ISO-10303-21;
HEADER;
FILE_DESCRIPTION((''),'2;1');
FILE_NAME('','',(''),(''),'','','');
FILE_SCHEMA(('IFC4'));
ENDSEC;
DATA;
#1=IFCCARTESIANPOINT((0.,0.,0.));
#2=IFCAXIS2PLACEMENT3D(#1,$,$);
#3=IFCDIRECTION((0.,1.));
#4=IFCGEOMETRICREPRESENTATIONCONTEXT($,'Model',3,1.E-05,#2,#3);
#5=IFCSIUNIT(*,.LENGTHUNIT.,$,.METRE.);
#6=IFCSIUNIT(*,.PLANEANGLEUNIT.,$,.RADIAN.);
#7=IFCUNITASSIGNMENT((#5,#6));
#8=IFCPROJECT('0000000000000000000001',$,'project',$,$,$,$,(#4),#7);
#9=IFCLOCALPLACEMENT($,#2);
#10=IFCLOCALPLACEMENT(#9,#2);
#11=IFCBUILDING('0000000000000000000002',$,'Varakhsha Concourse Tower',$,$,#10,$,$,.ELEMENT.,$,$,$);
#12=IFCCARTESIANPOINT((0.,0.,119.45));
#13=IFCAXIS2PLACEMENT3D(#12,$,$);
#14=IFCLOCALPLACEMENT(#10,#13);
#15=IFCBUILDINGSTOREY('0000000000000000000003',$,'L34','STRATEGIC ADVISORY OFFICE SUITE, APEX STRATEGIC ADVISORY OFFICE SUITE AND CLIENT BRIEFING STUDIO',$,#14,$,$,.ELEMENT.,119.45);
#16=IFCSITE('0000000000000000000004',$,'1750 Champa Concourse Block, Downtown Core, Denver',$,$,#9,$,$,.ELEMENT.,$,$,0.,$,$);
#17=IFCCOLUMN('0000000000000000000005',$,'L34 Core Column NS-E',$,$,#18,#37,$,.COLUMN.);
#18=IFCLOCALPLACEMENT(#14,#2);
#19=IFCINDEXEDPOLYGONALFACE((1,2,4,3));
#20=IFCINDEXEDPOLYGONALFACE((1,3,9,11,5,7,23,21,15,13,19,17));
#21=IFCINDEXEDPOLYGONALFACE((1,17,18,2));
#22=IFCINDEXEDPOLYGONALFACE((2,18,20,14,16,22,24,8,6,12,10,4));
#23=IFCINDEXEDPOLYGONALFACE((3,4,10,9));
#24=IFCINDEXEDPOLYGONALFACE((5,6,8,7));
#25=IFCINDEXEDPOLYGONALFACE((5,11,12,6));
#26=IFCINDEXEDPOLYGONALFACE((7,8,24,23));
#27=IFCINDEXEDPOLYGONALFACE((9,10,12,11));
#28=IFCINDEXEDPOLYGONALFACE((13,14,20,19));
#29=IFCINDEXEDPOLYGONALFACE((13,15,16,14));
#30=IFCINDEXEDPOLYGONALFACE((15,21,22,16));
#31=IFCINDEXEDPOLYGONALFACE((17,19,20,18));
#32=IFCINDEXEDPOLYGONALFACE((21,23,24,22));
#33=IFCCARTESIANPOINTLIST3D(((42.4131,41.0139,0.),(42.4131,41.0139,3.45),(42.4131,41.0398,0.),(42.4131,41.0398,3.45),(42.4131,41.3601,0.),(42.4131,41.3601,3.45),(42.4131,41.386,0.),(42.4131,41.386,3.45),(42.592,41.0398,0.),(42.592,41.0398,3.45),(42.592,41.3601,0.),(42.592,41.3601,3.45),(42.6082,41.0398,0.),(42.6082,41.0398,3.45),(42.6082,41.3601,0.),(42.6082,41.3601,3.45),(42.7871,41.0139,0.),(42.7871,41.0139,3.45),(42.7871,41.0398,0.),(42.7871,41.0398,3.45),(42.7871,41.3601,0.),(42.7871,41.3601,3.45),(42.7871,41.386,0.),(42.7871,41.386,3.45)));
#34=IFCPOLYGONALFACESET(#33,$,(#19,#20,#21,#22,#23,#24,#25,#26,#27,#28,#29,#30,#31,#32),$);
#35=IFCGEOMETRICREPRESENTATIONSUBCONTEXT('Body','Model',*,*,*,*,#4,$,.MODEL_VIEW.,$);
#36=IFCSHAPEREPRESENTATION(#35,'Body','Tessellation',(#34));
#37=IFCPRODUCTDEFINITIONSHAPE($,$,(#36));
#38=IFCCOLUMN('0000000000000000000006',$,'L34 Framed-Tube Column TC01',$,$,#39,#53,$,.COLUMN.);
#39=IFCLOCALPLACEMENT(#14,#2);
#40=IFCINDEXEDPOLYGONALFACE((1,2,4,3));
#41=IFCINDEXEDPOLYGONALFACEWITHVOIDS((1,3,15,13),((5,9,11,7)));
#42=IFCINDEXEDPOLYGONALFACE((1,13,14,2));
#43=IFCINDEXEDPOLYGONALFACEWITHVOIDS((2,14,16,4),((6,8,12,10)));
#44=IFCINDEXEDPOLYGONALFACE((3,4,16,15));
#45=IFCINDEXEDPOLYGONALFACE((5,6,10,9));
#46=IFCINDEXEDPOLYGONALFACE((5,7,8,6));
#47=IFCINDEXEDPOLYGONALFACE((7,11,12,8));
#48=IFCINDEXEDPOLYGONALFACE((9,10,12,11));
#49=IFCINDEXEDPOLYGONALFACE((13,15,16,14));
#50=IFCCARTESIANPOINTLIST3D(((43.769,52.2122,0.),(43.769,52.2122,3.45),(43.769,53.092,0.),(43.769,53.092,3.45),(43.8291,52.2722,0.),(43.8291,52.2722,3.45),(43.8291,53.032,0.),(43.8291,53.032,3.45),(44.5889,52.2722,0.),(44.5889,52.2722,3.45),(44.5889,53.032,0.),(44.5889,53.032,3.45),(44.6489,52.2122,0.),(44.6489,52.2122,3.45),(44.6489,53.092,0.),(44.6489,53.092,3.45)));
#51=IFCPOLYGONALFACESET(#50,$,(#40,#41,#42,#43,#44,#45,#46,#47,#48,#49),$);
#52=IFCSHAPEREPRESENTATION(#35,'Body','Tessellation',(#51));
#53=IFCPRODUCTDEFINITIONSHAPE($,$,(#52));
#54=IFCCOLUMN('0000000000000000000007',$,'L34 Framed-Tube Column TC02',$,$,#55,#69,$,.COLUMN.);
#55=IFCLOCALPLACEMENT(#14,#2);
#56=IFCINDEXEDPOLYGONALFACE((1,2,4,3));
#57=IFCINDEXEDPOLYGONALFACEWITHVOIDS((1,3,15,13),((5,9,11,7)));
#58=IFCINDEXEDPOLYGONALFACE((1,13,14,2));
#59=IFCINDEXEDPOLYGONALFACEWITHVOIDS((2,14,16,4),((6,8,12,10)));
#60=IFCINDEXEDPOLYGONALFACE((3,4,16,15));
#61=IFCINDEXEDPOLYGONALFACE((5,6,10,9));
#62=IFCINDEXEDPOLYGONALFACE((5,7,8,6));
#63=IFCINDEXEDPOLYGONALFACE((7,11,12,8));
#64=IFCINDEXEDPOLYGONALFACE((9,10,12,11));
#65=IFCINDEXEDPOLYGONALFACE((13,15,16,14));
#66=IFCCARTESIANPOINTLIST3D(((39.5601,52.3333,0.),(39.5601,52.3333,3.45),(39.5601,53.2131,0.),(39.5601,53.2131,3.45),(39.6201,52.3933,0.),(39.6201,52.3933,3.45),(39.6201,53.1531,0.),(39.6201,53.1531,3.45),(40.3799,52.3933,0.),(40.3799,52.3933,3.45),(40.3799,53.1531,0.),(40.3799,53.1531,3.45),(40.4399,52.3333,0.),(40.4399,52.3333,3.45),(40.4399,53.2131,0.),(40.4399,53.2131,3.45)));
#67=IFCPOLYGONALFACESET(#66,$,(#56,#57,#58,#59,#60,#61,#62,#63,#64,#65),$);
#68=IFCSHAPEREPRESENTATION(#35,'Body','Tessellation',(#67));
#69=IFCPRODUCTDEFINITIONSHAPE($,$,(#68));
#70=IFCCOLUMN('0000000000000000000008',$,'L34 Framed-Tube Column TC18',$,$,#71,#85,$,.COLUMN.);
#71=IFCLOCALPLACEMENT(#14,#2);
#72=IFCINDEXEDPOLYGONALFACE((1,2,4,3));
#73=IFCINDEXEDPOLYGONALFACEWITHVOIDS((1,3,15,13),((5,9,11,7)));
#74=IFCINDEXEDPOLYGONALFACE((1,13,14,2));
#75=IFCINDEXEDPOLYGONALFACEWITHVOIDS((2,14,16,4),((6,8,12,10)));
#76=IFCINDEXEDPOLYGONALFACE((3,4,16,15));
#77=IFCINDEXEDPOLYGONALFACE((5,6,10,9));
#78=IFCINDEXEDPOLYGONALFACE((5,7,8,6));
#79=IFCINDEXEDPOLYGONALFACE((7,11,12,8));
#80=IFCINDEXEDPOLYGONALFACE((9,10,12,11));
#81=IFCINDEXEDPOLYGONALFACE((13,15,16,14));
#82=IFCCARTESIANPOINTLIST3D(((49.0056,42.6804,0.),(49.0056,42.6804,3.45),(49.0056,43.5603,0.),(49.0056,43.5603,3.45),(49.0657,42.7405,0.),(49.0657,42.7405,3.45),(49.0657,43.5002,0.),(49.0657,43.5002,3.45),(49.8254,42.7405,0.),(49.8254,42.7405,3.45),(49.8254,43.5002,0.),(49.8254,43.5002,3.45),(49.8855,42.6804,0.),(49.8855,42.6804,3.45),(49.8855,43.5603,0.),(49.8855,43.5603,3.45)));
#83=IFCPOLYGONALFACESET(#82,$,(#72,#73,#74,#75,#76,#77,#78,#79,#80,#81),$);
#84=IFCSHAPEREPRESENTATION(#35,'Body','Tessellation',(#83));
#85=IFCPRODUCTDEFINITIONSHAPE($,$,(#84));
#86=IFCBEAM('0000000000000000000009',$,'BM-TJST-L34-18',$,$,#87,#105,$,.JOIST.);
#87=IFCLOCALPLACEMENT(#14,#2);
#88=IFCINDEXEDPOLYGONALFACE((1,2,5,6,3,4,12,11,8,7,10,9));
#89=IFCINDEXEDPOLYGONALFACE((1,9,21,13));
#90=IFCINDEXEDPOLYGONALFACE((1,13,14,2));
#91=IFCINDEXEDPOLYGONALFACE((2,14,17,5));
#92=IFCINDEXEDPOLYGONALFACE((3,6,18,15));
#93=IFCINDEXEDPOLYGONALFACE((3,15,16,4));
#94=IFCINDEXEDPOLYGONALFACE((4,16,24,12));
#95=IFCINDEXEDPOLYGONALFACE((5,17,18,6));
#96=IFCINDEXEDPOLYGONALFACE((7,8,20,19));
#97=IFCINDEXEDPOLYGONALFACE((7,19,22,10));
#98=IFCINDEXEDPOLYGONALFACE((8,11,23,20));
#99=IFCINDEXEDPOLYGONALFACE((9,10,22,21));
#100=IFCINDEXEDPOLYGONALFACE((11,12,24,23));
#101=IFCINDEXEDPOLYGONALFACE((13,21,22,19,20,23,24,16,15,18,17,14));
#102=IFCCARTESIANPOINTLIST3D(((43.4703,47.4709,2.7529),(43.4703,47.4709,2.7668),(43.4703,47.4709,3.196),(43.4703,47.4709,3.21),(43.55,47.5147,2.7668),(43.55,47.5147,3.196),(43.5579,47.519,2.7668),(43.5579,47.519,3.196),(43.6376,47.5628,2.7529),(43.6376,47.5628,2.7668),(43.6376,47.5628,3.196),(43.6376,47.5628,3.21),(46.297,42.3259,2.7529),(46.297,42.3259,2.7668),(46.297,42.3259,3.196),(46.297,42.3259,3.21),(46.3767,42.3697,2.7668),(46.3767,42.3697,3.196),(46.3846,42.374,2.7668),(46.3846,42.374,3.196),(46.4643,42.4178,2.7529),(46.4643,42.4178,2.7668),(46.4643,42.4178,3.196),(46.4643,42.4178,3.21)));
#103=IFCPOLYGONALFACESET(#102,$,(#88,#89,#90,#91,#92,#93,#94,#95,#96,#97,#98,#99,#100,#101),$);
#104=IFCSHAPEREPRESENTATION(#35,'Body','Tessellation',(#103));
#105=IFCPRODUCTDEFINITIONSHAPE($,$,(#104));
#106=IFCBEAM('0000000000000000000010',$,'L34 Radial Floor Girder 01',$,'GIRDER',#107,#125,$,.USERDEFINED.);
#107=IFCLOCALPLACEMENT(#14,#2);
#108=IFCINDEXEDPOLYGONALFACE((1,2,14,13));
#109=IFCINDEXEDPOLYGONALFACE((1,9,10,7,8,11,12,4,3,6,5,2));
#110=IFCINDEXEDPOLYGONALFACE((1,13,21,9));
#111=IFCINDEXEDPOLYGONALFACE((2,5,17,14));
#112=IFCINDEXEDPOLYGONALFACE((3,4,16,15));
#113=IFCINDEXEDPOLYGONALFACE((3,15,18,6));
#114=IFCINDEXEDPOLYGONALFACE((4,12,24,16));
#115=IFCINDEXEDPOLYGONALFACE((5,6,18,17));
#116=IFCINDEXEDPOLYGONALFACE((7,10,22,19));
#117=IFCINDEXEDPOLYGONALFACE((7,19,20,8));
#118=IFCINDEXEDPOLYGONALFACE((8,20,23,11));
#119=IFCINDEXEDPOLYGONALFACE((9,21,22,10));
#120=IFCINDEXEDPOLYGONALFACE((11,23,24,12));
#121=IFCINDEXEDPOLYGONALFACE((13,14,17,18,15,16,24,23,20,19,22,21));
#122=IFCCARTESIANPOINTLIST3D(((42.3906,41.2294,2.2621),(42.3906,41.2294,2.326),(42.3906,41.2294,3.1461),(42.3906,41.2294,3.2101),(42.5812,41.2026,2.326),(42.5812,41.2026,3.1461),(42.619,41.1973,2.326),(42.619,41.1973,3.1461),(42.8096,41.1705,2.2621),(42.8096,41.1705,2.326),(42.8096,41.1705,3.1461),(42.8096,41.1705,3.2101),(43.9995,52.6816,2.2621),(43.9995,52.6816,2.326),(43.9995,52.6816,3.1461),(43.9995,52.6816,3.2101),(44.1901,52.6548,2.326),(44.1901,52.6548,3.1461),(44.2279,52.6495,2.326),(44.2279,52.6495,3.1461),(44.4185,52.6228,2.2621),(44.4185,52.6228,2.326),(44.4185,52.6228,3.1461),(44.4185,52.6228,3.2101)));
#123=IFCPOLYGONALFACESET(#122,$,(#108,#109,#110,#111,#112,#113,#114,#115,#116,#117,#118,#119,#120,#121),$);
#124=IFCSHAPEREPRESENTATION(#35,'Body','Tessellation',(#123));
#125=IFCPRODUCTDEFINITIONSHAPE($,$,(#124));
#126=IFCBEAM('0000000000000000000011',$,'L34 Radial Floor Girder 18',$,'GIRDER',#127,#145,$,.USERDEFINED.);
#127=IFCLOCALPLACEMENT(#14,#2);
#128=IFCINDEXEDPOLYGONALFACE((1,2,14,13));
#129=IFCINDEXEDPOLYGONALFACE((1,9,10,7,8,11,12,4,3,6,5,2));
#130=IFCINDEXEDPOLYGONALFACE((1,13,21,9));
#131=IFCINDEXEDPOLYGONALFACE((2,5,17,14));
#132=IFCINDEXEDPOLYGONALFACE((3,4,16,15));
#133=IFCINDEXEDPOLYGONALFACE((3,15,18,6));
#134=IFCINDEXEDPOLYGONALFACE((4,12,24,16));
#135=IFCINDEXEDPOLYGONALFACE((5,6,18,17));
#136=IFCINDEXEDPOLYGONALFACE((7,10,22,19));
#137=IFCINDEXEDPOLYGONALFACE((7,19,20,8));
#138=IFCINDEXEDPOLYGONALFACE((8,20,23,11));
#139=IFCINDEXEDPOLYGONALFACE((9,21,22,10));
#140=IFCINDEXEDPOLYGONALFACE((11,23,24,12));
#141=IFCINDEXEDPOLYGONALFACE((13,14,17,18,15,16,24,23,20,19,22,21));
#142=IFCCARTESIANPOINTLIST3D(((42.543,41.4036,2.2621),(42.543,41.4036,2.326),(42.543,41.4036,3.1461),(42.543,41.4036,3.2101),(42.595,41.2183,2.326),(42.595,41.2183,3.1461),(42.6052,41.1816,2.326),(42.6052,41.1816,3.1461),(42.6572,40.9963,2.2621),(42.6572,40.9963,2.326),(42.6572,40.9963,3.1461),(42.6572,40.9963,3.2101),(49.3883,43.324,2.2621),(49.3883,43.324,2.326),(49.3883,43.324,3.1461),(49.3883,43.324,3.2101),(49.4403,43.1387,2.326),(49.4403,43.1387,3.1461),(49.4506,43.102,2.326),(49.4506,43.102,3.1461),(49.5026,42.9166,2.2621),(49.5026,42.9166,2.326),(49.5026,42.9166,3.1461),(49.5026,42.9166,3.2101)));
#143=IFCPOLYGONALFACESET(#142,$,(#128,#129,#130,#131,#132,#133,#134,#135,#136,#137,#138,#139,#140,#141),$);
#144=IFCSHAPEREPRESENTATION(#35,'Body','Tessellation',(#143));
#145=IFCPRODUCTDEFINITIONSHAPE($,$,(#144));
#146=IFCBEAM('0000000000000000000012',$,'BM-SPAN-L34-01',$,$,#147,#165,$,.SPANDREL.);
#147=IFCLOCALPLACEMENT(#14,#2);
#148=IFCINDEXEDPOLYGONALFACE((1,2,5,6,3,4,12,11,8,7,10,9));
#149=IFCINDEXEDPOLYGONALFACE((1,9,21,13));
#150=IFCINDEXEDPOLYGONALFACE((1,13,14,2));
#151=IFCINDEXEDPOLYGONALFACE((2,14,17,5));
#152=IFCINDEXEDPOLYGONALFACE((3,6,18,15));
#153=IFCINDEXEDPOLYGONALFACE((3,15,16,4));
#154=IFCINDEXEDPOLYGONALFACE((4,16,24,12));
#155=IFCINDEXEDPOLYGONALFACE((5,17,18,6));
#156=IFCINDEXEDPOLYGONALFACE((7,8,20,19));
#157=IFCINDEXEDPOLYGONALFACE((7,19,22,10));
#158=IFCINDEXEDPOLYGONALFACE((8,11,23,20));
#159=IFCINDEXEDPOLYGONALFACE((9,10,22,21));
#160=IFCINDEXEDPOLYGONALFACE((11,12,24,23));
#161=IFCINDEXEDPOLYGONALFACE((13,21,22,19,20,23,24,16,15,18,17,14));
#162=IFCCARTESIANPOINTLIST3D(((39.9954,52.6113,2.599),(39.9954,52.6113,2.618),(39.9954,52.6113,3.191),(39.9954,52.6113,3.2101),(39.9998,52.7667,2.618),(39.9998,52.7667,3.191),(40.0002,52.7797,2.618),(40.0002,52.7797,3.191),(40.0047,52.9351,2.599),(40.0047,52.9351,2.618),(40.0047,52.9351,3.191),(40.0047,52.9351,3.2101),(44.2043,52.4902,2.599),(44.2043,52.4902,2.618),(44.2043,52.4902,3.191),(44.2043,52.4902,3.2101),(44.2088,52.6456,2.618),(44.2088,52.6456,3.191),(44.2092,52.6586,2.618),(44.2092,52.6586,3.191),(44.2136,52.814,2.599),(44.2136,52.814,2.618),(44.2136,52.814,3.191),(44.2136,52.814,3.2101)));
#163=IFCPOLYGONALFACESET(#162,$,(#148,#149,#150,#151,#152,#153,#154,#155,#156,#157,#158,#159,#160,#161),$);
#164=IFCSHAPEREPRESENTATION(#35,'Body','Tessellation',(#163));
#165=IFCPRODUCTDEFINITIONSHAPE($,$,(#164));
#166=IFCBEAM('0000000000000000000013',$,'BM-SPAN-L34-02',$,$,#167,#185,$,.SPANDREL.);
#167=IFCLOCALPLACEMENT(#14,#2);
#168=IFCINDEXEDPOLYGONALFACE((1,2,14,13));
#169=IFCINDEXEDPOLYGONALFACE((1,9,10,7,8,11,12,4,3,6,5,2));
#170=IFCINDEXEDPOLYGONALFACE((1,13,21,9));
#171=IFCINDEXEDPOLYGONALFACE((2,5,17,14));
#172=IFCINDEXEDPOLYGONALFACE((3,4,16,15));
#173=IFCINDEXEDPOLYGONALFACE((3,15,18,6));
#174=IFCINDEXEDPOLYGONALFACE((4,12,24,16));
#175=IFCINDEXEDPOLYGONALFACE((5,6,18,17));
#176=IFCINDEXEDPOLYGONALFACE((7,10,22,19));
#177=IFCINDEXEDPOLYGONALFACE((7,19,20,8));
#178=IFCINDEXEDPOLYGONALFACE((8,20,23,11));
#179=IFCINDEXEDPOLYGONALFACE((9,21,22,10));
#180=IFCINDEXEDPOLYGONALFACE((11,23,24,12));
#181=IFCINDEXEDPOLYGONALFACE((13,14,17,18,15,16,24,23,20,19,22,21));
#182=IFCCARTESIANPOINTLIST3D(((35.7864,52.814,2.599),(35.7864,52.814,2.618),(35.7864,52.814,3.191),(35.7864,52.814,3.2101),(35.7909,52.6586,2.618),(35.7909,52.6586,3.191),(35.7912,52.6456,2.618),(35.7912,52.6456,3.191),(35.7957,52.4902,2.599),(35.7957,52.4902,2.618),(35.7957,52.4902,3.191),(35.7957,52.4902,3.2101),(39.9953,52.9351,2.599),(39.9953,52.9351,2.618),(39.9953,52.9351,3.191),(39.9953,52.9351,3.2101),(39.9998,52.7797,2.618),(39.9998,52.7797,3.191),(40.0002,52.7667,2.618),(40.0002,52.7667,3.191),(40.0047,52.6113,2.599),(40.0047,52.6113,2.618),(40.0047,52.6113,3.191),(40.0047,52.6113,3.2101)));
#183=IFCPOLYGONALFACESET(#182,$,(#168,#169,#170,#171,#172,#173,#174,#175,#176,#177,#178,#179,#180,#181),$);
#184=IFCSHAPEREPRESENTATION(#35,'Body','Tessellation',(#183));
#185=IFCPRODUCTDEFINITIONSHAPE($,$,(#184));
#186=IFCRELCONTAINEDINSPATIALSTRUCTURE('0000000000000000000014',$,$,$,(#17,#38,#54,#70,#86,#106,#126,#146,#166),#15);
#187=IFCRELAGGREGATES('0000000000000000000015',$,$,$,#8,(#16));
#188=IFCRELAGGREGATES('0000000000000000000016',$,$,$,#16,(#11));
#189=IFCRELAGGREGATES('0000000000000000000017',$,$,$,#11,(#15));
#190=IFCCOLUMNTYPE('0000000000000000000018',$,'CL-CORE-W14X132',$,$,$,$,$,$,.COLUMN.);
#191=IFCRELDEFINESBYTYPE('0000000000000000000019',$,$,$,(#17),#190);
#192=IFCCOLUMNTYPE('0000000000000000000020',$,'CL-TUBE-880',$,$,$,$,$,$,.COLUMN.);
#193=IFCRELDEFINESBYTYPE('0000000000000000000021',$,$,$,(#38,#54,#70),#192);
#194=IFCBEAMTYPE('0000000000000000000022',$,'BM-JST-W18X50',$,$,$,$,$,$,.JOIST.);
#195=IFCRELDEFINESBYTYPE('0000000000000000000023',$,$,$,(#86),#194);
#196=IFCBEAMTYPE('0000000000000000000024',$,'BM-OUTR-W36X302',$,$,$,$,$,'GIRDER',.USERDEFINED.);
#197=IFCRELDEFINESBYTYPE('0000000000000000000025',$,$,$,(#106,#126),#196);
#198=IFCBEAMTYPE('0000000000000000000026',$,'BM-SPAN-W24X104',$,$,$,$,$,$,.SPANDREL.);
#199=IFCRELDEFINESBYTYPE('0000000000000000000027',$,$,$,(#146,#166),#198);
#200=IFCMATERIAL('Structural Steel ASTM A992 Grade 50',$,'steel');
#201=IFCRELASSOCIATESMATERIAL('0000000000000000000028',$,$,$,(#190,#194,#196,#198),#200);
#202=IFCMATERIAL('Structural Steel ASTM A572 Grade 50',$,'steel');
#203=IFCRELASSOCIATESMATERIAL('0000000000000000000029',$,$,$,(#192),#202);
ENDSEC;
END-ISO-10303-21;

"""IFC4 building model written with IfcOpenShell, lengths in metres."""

from ifc_helpers import new_model, si_unit, direction, frame, origin, origin_2d, place, context, subcontext, project, spatial, hollow_rectangle, i_section, extrude, material, material_profile, profile_set, type_object, element, save


model = new_model("IFC4")

# Units and contexts
model_context = context("Model", 3, precision=1e-05, world=origin(), true_north=direction((0.0, 1.0)))
body_context = subcontext(model_context, "Body", "Model", "MODEL_VIEW")
ifc_project = project(units=[si_unit("LENGTHUNIT", "METRE"), si_unit("PLANEANGLEUNIT", "RADIAN")], contexts=[model_context])

# Site, building, storey
site_placement = place(None, origin())
site = spatial("IfcSite", under=ifc_project, at=site_placement, Name="1750 Champa Concourse Block, Downtown Core, Denver", CompositionType="ELEMENT", RefElevation=0.0)
building_placement = place(site_placement, origin())
building = spatial("IfcBuilding", under=site, at=building_placement, Name="Varakhsha Concourse Tower", CompositionType="ELEMENT")
storey_placement = place(building_placement, frame((0.0, 0.0, 119.45)))
storey = spatial("IfcBuildingStorey", under=building, at=storey_placement, Name="L34", Description="STRATEGIC ADVISORY OFFICE SUITE, APEX STRATEGIC ADVISORY OFFICE SUITE AND CLIENT BRIEFING STUDIO", CompositionType="ELEMENT", Elevation=119.45)

# Columns
ifc_material_1 = material(Name="Structural Steel ASTM A992 Grade 50", Category="steel")
ifc_material_profile_1 = material_profile(ifc_material_1, i_section(OverallWidth=0.374, OverallDepth=0.3721, WebThickness=0.0161, FlangeThickness=0.0259, at=origin_2d()), Name="W14X132")
ifc_profile_set_1 = profile_set([ifc_material_profile_1], Name="Structural Steel ASTM A992 Grade 50")
column_type_1 = type_object("IfcColumnType", Name="CL-CORE-W14X132", PredefinedType="COLUMN", material=ifc_profile_set_1)
column_placement = place(storey_placement, frame((42.6001, 41.2, 0.0), z_axis=(0.0, 0.0, 1.0), x_axis=(1.0, 0.0, 0.0)))
element("IfcColumn", 1, at=column_placement, inside=storey, type_object=column_type_1, Name="L34 Core Column NS-E", PredefinedType="COLUMN", context=body_context, shape_type="SweptSolid", body=[
    extrude(i_section(OverallWidth=0.374, OverallDepth=0.3721, WebThickness=0.0161, FlangeThickness=0.0259, at=origin_2d()), origin(), (0.0, 0.0, 1.0), 3.45),
])
ifc_material_2 = material(Name="Structural Steel ASTM A572 Grade 50", Category="steel")
ifc_material_profile_2 = material_profile(ifc_material_2, hollow_rectangle(XDim=0.8799, YDim=0.8799, WallThickness=0.0601, at=origin_2d()), Name="BOX 880x880x60")
ifc_profile_set_2 = profile_set([ifc_material_profile_2], Name="Structural Steel ASTM A572 Grade 50")
column_type_2 = type_object("IfcColumnType", Name="CL-TUBE-880", PredefinedType="COLUMN", material=ifc_profile_set_2)
for number, where, z_axis, x_axis, name in (
    (2, (44.209, 52.6521, 0.0), (0.0, 0.0, 1.0), (1.0, 0.0, 0.0), "L34 Framed-Tube Column TC01"),
    (3, (40.0, 52.7732, 0.0), (0.0, 0.0, 1.0), (1.0, 0.0, 0.0), "L34 Framed-Tube Column TC02"),
    (4, (49.4456, 43.1204, 0.0), (0.0, 0.0, 1.0), (1.0, 0.0, 0.0), "L34 Framed-Tube Column TC18"),
):
    element("IfcColumn", number, at=place(storey_placement, frame(where, z_axis=z_axis, x_axis=x_axis)), inside=storey, type_object=column_type_2, Name=name, PredefinedType="COLUMN", context=body_context, shape_type="SweptSolid", body=[
        extrude(hollow_rectangle(XDim=0.8799, YDim=0.8799, WallThickness=0.0601, at=origin_2d()), origin(), (0.0, 0.0, 1.0), 3.45),
    ])

# Beams
ifc_material_profile_3 = material_profile(ifc_material_1, i_section(OverallWidth=0.1909, OverallDepth=0.457, WebThickness=0.009, FlangeThickness=0.0139, at=origin_2d()), Name="W18X50")
ifc_profile_set_3 = profile_set([ifc_material_profile_3], Name="Structural Steel ASTM A992 Grade 50")
beam_type_1 = type_object("IfcBeamType", Name="BM-JST-W18X50", PredefinedType="JOIST", material=ifc_profile_set_3)
beam_1_placement = place(storey_placement, frame((46.3806, 42.3718, 2.9814), z_axis=(-0.481513, 0.876439, 0.0), x_axis=(-0.876439, -0.481513, 0.0)))
element("IfcBeam", 5, at=beam_1_placement, inside=storey, type_object=beam_type_1, Name="BM-TJST-L34-18", PredefinedType="JOIST", context=body_context, shape_type="SweptSolid", body=[
    extrude(i_section(OverallWidth=0.1909, OverallDepth=0.457, WebThickness=0.009, FlangeThickness=0.0139, at=origin_2d()), origin(), (0.0, 0.0, 1.0), 5.8704),
])
ifc_material_profile_4 = material_profile(ifc_material_1, i_section(OverallWidth=0.4231, OverallDepth=0.948, WebThickness=0.0381, FlangeThickness=0.064, at=origin_2d()), Name="W36X302")
ifc_profile_set_4 = profile_set([ifc_material_profile_4], Name="Structural Steel ASTM A992 Grade 50")
beam_type_2 = type_object("IfcBeamType", Name="BM-OUTR-W36X302", ElementType="GIRDER", PredefinedType="USERDEFINED", material=ifc_profile_set_4)
beam_2_placement = place(storey_placement, frame((42.6001, 41.2, 2.7361), z_axis=(0.139122, 0.990275, 0.0), x_axis=(-0.990275, 0.139122, 0.0)))
element("IfcBeam", 6, at=beam_2_placement, inside=storey, type_object=beam_type_2, Name="L34 Radial Floor Girder 01", ObjectType="GIRDER", PredefinedType="USERDEFINED", context=body_context, shape_type="SweptSolid", body=[
    extrude(i_section(OverallWidth=0.4231, OverallDepth=0.948, WebThickness=0.0381, FlangeThickness=0.064, at=origin_2d()), origin(), (0.0, 0.0, 1.0), 11.5647),
])
beam_3_placement = place(storey_placement, frame((42.6001, 41.2, 2.7361), z_axis=(0.962829, 0.27011, 0.0), x_axis=(-0.27011, 0.962829, 0.0)))
element("IfcBeam", 7, at=beam_3_placement, inside=storey, type_object=beam_type_2, Name="L34 Radial Floor Girder 18", ObjectType="GIRDER", PredefinedType="USERDEFINED", context=body_context, shape_type="SweptSolid", body=[
    extrude(i_section(OverallWidth=0.4231, OverallDepth=0.948, WebThickness=0.0381, FlangeThickness=0.064, at=origin_2d()), origin(), (0.0, 0.0, 1.0), 7.1096),
])
ifc_material_profile_5 = material_profile(ifc_material_1, i_section(OverallWidth=0.324, OverallDepth=0.6111, WebThickness=0.0129, FlangeThickness=0.019, at=origin_2d()), Name="W24X104")
ifc_profile_set_5 = profile_set([ifc_material_profile_5], Name="Structural Steel ASTM A992 Grade 50")
beam_type_3 = type_object("IfcBeamType", Name="BM-SPAN-W24X104", PredefinedType="SPANDREL", material=ifc_profile_set_5)
for number, where, z_axis, x_axis, name in (
    (8, (44.209, 52.6521, 2.9045), (-0.999586, 0.028758, 0.0), (-0.028758, -0.999586, 0.0), "BM-SPAN-L34-01"),
    (9, (40.0, 52.7732, 2.9045), (-0.999586, -0.028758, 0.0), (0.028758, -0.999586, 0.0), "BM-SPAN-L34-02"),
):
    element("IfcBeam", number, at=place(storey_placement, frame(where, z_axis=z_axis, x_axis=x_axis)), inside=storey, type_object=beam_type_3, Name=name, PredefinedType="SPANDREL", context=body_context, shape_type="SweptSolid", body=[
        extrude(i_section(OverallWidth=0.324, OverallDepth=0.6111, WebThickness=0.0129, FlangeThickness=0.019, at=origin_2d()), origin(), (0.0, 0.0, 1.0), 4.2107),
    ])

save(model, "model.ifc")
